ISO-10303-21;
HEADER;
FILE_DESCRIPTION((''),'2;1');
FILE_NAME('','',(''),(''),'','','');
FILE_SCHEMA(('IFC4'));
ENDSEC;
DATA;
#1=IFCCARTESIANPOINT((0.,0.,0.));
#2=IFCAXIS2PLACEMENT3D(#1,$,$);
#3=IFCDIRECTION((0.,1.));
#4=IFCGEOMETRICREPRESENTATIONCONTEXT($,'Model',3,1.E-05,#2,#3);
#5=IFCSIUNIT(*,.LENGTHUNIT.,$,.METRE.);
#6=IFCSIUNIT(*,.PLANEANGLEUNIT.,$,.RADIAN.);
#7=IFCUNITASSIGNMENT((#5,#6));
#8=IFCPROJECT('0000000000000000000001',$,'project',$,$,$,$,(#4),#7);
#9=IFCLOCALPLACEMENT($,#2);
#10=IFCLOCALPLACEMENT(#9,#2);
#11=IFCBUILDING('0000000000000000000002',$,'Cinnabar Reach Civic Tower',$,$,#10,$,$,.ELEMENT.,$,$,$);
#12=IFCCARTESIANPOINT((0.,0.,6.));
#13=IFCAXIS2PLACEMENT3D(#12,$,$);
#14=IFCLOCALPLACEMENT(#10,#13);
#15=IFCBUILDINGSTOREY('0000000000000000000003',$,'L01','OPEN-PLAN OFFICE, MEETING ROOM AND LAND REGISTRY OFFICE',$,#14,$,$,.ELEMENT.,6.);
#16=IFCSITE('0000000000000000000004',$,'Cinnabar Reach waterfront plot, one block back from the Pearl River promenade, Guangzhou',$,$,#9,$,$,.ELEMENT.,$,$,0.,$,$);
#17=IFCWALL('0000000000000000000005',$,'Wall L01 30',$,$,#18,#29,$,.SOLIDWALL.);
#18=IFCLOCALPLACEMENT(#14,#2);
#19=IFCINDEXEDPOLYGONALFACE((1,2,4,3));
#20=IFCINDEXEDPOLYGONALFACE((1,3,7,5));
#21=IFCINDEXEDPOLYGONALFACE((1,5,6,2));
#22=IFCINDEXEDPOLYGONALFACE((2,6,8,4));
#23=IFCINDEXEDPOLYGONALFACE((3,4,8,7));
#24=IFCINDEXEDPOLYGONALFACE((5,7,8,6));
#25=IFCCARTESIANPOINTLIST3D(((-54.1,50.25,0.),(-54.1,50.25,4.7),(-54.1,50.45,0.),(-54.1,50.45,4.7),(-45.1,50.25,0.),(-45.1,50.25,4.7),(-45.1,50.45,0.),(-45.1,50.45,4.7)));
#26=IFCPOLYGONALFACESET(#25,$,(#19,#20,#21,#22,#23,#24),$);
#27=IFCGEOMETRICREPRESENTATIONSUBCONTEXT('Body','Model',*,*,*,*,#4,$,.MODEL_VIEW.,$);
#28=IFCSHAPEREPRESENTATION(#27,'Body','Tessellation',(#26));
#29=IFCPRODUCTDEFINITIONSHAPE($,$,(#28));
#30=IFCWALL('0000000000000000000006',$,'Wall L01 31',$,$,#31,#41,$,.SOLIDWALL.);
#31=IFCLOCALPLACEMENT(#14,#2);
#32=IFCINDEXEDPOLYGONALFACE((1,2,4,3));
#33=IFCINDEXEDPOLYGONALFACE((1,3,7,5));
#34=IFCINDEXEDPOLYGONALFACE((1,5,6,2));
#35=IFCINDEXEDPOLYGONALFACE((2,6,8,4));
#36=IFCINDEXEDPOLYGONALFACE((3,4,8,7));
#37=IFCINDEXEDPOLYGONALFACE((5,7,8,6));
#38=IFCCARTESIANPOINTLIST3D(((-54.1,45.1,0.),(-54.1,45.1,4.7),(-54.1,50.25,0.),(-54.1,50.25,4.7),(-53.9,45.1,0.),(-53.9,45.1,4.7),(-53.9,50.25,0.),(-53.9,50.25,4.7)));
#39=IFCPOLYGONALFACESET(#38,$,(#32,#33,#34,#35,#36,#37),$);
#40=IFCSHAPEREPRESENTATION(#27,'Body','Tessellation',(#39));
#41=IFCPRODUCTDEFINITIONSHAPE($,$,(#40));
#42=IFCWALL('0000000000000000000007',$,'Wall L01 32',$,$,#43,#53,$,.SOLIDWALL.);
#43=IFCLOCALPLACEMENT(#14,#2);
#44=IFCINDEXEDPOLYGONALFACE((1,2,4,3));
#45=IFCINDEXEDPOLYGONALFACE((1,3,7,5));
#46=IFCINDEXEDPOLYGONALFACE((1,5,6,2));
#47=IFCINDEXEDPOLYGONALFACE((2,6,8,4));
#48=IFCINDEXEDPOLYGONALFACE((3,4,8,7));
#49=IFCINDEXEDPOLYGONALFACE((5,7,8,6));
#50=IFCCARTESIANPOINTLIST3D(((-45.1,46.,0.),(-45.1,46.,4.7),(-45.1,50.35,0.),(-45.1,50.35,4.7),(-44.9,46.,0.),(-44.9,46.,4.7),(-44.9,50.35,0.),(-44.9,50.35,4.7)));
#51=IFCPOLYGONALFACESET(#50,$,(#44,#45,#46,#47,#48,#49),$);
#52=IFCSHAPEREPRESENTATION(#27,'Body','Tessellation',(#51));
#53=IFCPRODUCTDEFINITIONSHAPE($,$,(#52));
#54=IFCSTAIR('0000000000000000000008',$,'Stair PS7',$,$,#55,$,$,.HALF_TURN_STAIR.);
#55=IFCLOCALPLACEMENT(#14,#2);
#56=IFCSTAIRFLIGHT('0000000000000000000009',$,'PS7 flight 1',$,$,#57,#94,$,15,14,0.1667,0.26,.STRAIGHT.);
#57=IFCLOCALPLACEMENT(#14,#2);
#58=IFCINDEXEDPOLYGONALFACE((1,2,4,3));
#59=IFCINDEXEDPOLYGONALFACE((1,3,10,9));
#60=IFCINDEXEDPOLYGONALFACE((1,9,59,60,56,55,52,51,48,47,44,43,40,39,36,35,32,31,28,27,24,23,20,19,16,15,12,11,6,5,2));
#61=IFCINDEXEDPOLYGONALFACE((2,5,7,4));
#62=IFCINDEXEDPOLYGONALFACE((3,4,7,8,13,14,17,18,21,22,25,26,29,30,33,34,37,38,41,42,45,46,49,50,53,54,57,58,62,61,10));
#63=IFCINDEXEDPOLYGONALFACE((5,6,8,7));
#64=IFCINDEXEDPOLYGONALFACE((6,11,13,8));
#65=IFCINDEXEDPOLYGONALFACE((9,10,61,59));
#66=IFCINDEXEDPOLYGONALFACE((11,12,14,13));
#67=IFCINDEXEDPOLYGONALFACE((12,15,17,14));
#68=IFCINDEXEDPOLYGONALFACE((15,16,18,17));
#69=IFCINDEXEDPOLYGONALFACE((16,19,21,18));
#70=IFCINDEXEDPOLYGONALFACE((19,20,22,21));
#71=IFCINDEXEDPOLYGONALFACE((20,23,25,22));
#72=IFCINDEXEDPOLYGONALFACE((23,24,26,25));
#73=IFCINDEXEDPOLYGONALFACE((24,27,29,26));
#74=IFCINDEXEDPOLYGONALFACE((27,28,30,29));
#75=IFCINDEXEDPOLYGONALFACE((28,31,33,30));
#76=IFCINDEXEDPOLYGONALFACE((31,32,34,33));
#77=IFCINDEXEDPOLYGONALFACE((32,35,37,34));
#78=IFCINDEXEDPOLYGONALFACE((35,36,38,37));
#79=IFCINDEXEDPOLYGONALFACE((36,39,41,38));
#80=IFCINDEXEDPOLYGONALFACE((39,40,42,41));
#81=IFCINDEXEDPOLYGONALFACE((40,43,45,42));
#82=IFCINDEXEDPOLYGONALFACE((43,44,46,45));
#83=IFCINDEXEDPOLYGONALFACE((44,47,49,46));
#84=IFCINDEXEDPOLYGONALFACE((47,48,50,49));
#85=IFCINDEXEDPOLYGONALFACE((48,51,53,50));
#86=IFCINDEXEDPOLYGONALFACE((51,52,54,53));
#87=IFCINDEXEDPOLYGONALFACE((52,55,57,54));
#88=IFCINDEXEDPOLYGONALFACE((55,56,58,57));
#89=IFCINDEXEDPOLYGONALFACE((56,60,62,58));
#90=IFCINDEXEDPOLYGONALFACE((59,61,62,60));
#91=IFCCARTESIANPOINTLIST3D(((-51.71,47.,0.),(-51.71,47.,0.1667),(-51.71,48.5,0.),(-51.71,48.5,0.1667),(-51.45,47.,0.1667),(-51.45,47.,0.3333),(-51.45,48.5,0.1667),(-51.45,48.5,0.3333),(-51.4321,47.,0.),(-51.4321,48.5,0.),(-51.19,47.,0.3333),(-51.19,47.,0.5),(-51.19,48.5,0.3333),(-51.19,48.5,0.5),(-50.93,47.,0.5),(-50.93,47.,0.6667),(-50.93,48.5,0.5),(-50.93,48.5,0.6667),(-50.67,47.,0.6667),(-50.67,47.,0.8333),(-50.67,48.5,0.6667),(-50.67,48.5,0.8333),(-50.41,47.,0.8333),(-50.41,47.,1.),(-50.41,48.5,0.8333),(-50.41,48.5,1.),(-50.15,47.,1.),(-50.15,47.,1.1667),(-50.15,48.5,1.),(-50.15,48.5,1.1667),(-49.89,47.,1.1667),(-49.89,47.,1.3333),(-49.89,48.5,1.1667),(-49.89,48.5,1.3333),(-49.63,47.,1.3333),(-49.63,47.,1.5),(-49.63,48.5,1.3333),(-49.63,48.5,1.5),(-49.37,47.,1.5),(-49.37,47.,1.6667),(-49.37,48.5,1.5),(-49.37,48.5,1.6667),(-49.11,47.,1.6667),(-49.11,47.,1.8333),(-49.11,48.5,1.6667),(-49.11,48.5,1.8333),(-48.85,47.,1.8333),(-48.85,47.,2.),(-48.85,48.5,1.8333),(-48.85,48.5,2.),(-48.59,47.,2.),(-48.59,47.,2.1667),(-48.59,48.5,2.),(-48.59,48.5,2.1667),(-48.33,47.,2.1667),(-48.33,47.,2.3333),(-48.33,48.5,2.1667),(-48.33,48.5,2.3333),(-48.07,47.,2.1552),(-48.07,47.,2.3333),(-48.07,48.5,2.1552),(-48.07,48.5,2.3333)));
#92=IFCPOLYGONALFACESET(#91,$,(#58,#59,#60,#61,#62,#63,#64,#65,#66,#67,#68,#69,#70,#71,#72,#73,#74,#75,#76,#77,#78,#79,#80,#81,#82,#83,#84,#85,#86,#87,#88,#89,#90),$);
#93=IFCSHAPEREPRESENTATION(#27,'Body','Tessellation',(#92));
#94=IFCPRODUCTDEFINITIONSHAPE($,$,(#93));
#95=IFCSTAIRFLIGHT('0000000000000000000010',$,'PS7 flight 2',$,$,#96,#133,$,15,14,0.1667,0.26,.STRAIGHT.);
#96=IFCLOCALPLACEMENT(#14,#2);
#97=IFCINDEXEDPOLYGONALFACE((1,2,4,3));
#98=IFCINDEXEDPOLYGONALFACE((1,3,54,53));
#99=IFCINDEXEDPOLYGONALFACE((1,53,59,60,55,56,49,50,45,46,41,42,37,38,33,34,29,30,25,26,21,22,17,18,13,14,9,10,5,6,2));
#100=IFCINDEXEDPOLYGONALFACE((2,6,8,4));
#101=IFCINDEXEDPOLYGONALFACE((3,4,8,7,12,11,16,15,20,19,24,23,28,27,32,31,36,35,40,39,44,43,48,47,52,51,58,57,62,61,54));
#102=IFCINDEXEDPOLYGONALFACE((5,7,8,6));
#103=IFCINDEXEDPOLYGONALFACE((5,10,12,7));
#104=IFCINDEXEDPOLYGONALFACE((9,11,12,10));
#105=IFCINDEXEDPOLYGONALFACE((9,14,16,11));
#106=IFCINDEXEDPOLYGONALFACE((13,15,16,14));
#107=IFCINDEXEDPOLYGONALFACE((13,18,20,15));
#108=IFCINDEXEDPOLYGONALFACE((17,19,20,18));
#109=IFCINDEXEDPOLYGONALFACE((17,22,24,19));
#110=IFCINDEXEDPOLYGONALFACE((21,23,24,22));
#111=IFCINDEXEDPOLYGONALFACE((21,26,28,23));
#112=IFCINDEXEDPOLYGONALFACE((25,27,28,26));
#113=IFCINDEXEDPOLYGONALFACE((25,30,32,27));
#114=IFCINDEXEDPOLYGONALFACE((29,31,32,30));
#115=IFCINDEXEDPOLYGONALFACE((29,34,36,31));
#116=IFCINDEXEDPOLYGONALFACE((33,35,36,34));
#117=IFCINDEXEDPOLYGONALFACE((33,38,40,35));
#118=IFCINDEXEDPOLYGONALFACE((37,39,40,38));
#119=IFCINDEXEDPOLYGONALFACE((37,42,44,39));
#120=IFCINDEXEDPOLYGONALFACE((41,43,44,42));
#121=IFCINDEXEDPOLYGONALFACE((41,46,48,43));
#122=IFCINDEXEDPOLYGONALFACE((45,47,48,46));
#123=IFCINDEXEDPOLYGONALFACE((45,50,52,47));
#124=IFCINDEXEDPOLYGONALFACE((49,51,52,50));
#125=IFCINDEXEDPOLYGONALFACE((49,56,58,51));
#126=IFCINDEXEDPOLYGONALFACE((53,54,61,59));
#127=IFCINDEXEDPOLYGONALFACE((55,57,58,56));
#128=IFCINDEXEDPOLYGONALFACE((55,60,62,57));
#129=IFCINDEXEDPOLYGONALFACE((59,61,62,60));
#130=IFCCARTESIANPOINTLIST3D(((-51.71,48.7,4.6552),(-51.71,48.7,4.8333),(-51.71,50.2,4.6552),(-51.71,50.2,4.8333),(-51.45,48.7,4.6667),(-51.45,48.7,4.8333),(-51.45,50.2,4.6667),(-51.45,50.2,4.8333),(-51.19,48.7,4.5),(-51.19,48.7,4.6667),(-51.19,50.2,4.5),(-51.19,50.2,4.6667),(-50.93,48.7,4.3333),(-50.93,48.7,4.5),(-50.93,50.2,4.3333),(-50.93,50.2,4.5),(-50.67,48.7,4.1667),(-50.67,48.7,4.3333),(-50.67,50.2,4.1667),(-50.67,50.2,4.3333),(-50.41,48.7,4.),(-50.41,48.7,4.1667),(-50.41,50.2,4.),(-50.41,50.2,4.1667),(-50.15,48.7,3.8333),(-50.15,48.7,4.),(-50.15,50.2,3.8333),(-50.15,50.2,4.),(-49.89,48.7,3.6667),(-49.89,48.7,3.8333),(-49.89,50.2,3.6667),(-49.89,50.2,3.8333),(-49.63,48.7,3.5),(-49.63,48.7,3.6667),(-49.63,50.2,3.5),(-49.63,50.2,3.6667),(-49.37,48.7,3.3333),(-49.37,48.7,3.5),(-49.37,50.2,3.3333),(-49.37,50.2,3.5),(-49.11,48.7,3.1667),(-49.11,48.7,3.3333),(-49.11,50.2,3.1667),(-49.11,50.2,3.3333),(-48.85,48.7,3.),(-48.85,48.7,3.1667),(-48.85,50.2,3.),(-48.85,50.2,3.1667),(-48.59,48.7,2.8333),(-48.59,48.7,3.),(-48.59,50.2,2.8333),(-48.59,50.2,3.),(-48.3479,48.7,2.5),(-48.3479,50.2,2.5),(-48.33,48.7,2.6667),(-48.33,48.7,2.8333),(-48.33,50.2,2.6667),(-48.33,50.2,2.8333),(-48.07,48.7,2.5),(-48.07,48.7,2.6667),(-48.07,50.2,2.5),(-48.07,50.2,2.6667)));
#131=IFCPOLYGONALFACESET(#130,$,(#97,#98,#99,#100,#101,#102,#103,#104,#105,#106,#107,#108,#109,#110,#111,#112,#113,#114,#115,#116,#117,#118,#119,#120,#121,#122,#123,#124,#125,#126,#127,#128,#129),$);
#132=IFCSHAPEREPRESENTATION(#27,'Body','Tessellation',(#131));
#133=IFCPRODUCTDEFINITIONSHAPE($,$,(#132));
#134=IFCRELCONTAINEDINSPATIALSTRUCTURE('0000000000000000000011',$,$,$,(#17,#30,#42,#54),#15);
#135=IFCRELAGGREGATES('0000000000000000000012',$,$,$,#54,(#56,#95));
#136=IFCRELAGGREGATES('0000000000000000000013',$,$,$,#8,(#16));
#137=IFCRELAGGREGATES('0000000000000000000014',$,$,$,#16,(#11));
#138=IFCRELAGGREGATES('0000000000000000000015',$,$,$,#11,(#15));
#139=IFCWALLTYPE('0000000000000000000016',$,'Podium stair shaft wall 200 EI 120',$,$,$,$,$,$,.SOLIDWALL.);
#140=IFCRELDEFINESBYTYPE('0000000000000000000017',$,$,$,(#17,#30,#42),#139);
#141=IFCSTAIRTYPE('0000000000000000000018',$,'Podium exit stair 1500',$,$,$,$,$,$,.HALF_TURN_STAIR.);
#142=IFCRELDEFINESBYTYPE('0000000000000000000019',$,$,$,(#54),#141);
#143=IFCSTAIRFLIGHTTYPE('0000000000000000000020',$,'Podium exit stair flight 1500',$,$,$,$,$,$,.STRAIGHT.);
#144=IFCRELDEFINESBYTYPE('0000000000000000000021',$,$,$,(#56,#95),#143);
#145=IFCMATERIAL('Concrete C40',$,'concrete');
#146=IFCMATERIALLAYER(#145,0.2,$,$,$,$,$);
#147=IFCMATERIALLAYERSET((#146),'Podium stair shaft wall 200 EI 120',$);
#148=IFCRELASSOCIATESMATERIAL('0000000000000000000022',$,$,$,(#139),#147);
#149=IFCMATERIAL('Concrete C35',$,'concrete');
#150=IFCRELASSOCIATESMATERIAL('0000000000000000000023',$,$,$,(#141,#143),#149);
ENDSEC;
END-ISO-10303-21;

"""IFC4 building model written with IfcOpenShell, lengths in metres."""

from ifc_helpers import new_model, si_unit, direction, frame, frame_2d, origin, place, context, subcontext, project, spatial, polyline, rectangle, outline, extrude, material, layer, layer_set, type_object, element, aggregate, save


model = new_model("IFC4")

# Units and contexts
model_context = context("Model", 3, precision=1e-05, world=origin(), true_north=direction((0.0, 1.0)))
body_context = subcontext(model_context, "Body", "Model", "MODEL_VIEW")
ifc_project = project(units=[si_unit("LENGTHUNIT", "METRE"), si_unit("PLANEANGLEUNIT", "RADIAN")], contexts=[model_context])

# Site, building, storey
site_placement = place(None, origin())
site = spatial("IfcSite", under=ifc_project, at=site_placement, Name="Cinnabar Reach waterfront plot, one block back from the Pearl River promenade, Guangzhou", CompositionType="ELEMENT", RefElevation=0.0)
building_placement = place(site_placement, origin())
building = spatial("IfcBuilding", under=site, at=building_placement, Name="Cinnabar Reach Civic Tower", CompositionType="ELEMENT")
storey_placement = place(building_placement, frame((0.0, 0.0, 6.0)))
storey = spatial("IfcBuildingStorey", under=building, at=storey_placement, Name="L01", Description="OPEN-PLAN OFFICE, MEETING ROOM AND LAND REGISTRY OFFICE", CompositionType="ELEMENT", Elevation=6.0)

# Shared definitions
ifc_material_1 = material(Name="Concrete C40", Category="concrete")
ifc_layer_1 = layer(ifc_material_1, 0.2)
ifc_layer_set_1 = layer_set([ifc_layer_1], Name="Podium stair shaft wall 200 EI 120")
wall_type_1 = type_object("IfcWallType", Name="Podium stair shaft wall 200 EI 120", PredefinedType="SOLIDWALL", material=ifc_layer_set_1)

# Walls
wall_1_placement = place(storey_placement, frame((-54.1, 50.35, 0.0), z_axis=(0.0, 0.0, 1.0), x_axis=(1.0, 0.0, 0.0)))
element("IfcWall", 1, at=wall_1_placement, inside=storey, type_object=wall_type_1, Name="Wall L01 30", PredefinedType="SOLIDWALL", context=body_context, shape_type="SweptSolid", body=[
    extrude(rectangle(XDim=9.0, YDim=0.2, at=frame_2d((4.5, 0.0))), origin(), (0.0, 0.0, 1.0), 4.7),
])
wall_2_placement = place(storey_placement, frame((-54.0, 45.1, 0.0), z_axis=(0.0, 0.0, 1.0), x_axis=(0.0, 1.0, 0.0)))
element("IfcWall", 2, at=wall_2_placement, inside=storey, type_object=wall_type_1, Name="Wall L01 31", PredefinedType="SOLIDWALL", context=body_context, shape_type="SweptSolid", body=[
    extrude(rectangle(XDim=5.15, YDim=0.2, at=frame_2d((2.575, 0.0))), origin(), (0.0, 0.0, 1.0), 4.7),
])
wall_3_placement = place(storey_placement, frame((-45.0, 46.0, 0.0), z_axis=(0.0, 0.0, 1.0), x_axis=(0.0, 1.0, 0.0)))
element("IfcWall", 3, at=wall_3_placement, inside=storey, type_object=wall_type_1, Name="Wall L01 32", PredefinedType="SOLIDWALL", context=body_context, shape_type="SweptSolid", body=[
    extrude(rectangle(XDim=4.35, YDim=0.2, at=frame_2d((2.175, 0.0))), origin(), (0.0, 0.0, 1.0), 4.7),
])

# Stair, stair flights
ifc_material_2 = material(Name="Concrete C35", Category="concrete")
stair_type = type_object("IfcStairType", Name="Podium exit stair 1500", PredefinedType="HALF_TURN_STAIR", material=ifc_material_2)
stair_placement = place(storey_placement, origin())
stair = element("IfcStair", 4, at=stair_placement, inside=storey, type_object=stair_type, Name="Stair PS7", PredefinedType="HALF_TURN_STAIR")
stair_flight_type = type_object("IfcStairFlightType", Name="Podium exit stair flight 1500", PredefinedType="STRAIGHT", material=ifc_material_2)
stair_flight_1_placement = place(storey_placement, frame((-51.71, 47.75, 0.0), z_axis=(0.0, 0.0, 1.0), x_axis=(1.0, 0.0, 0.0)))
stair_flight_1 = element("IfcStairFlight", 5, at=stair_flight_1_placement, type_object=stair_flight_type, Name="PS7 flight 1", NumberOfRisers=15, NumberOfTreads=14, PredefinedType="STRAIGHT", RiserHeight=0.1667, TreadLength=0.26, context=body_context, shape_type="SweptSolid", body=[
    extrude(outline(polyline([(0.0, 0.0), (0.0, 0.1667), (0.26, 0.1667), (0.26, 0.3333), (0.52, 0.3333), (0.52, 0.5), (0.78, 0.5), (0.78, 0.6667), (1.04, 0.6667), (1.04, 0.8333), (1.3, 0.8333), (1.3, 1.0), (1.56, 1.0), (1.56, 1.1667), (1.82, 1.1667), (1.82, 1.3333), (2.08, 1.3333), (2.08, 1.5), (2.34, 1.5), (2.34, 1.6667), (2.6, 1.6667), (2.6, 1.8333), (2.86, 1.8333), (2.86, 2.0), (3.12, 2.0), (3.12, 2.1667), (3.38, 2.1667), (3.38, 2.3333), (3.64, 2.3333), (3.64, 2.5), (3.64, 2.1552), (0.2779, 0.0), (0.0, 0.0)])), frame((0.0, 0.75, 0.0), z_axis=(0.0, -1.0, 0.0), x_axis=(1.0, 0.0, 0.0)), (0.0, 0.0, 1.0), 1.5),
])
stair_flight_2_placement = place(storey_placement, frame((-48.07, 49.45, 2.5), z_axis=(0.0, 0.0, 1.0), x_axis=(-1.0, 0.0, 0.0)))
stair_flight_2 = element("IfcStairFlight", 6, at=stair_flight_2_placement, type_object=stair_flight_type, Name="PS7 flight 2", NumberOfRisers=15, NumberOfTreads=14, PredefinedType="STRAIGHT", RiserHeight=0.1667, TreadLength=0.26, context=body_context, shape_type="SweptSolid", body=[
    extrude(outline(polyline([(0.0, 0.0), (0.0, 0.1667), (0.26, 0.1667), (0.26, 0.3333), (0.52, 0.3333), (0.52, 0.5), (0.78, 0.5), (0.78, 0.6667), (1.04, 0.6667), (1.04, 0.8333), (1.3, 0.8333), (1.3, 1.0), (1.56, 1.0), (1.56, 1.1667), (1.82, 1.1667), (1.82, 1.3333), (2.08, 1.3333), (2.08, 1.5), (2.34, 1.5), (2.34, 1.6667), (2.6, 1.6667), (2.6, 1.8333), (2.86, 1.8333), (2.86, 2.0), (3.12, 2.0), (3.12, 2.1667), (3.38, 2.1667), (3.38, 2.3333), (3.64, 2.3333), (3.64, 2.5), (3.64, 2.1552), (0.2779, 0.0), (0.0, 0.0)])), frame((0.0, 0.75, 0.0), z_axis=(0.0, -1.0, 0.0), x_axis=(1.0, 0.0, 0.0)), (0.0, 0.0, 1.0), 1.5),
])
aggregate(stair, [stair_flight_1, stair_flight_2])

save(model, "model.ifc")
